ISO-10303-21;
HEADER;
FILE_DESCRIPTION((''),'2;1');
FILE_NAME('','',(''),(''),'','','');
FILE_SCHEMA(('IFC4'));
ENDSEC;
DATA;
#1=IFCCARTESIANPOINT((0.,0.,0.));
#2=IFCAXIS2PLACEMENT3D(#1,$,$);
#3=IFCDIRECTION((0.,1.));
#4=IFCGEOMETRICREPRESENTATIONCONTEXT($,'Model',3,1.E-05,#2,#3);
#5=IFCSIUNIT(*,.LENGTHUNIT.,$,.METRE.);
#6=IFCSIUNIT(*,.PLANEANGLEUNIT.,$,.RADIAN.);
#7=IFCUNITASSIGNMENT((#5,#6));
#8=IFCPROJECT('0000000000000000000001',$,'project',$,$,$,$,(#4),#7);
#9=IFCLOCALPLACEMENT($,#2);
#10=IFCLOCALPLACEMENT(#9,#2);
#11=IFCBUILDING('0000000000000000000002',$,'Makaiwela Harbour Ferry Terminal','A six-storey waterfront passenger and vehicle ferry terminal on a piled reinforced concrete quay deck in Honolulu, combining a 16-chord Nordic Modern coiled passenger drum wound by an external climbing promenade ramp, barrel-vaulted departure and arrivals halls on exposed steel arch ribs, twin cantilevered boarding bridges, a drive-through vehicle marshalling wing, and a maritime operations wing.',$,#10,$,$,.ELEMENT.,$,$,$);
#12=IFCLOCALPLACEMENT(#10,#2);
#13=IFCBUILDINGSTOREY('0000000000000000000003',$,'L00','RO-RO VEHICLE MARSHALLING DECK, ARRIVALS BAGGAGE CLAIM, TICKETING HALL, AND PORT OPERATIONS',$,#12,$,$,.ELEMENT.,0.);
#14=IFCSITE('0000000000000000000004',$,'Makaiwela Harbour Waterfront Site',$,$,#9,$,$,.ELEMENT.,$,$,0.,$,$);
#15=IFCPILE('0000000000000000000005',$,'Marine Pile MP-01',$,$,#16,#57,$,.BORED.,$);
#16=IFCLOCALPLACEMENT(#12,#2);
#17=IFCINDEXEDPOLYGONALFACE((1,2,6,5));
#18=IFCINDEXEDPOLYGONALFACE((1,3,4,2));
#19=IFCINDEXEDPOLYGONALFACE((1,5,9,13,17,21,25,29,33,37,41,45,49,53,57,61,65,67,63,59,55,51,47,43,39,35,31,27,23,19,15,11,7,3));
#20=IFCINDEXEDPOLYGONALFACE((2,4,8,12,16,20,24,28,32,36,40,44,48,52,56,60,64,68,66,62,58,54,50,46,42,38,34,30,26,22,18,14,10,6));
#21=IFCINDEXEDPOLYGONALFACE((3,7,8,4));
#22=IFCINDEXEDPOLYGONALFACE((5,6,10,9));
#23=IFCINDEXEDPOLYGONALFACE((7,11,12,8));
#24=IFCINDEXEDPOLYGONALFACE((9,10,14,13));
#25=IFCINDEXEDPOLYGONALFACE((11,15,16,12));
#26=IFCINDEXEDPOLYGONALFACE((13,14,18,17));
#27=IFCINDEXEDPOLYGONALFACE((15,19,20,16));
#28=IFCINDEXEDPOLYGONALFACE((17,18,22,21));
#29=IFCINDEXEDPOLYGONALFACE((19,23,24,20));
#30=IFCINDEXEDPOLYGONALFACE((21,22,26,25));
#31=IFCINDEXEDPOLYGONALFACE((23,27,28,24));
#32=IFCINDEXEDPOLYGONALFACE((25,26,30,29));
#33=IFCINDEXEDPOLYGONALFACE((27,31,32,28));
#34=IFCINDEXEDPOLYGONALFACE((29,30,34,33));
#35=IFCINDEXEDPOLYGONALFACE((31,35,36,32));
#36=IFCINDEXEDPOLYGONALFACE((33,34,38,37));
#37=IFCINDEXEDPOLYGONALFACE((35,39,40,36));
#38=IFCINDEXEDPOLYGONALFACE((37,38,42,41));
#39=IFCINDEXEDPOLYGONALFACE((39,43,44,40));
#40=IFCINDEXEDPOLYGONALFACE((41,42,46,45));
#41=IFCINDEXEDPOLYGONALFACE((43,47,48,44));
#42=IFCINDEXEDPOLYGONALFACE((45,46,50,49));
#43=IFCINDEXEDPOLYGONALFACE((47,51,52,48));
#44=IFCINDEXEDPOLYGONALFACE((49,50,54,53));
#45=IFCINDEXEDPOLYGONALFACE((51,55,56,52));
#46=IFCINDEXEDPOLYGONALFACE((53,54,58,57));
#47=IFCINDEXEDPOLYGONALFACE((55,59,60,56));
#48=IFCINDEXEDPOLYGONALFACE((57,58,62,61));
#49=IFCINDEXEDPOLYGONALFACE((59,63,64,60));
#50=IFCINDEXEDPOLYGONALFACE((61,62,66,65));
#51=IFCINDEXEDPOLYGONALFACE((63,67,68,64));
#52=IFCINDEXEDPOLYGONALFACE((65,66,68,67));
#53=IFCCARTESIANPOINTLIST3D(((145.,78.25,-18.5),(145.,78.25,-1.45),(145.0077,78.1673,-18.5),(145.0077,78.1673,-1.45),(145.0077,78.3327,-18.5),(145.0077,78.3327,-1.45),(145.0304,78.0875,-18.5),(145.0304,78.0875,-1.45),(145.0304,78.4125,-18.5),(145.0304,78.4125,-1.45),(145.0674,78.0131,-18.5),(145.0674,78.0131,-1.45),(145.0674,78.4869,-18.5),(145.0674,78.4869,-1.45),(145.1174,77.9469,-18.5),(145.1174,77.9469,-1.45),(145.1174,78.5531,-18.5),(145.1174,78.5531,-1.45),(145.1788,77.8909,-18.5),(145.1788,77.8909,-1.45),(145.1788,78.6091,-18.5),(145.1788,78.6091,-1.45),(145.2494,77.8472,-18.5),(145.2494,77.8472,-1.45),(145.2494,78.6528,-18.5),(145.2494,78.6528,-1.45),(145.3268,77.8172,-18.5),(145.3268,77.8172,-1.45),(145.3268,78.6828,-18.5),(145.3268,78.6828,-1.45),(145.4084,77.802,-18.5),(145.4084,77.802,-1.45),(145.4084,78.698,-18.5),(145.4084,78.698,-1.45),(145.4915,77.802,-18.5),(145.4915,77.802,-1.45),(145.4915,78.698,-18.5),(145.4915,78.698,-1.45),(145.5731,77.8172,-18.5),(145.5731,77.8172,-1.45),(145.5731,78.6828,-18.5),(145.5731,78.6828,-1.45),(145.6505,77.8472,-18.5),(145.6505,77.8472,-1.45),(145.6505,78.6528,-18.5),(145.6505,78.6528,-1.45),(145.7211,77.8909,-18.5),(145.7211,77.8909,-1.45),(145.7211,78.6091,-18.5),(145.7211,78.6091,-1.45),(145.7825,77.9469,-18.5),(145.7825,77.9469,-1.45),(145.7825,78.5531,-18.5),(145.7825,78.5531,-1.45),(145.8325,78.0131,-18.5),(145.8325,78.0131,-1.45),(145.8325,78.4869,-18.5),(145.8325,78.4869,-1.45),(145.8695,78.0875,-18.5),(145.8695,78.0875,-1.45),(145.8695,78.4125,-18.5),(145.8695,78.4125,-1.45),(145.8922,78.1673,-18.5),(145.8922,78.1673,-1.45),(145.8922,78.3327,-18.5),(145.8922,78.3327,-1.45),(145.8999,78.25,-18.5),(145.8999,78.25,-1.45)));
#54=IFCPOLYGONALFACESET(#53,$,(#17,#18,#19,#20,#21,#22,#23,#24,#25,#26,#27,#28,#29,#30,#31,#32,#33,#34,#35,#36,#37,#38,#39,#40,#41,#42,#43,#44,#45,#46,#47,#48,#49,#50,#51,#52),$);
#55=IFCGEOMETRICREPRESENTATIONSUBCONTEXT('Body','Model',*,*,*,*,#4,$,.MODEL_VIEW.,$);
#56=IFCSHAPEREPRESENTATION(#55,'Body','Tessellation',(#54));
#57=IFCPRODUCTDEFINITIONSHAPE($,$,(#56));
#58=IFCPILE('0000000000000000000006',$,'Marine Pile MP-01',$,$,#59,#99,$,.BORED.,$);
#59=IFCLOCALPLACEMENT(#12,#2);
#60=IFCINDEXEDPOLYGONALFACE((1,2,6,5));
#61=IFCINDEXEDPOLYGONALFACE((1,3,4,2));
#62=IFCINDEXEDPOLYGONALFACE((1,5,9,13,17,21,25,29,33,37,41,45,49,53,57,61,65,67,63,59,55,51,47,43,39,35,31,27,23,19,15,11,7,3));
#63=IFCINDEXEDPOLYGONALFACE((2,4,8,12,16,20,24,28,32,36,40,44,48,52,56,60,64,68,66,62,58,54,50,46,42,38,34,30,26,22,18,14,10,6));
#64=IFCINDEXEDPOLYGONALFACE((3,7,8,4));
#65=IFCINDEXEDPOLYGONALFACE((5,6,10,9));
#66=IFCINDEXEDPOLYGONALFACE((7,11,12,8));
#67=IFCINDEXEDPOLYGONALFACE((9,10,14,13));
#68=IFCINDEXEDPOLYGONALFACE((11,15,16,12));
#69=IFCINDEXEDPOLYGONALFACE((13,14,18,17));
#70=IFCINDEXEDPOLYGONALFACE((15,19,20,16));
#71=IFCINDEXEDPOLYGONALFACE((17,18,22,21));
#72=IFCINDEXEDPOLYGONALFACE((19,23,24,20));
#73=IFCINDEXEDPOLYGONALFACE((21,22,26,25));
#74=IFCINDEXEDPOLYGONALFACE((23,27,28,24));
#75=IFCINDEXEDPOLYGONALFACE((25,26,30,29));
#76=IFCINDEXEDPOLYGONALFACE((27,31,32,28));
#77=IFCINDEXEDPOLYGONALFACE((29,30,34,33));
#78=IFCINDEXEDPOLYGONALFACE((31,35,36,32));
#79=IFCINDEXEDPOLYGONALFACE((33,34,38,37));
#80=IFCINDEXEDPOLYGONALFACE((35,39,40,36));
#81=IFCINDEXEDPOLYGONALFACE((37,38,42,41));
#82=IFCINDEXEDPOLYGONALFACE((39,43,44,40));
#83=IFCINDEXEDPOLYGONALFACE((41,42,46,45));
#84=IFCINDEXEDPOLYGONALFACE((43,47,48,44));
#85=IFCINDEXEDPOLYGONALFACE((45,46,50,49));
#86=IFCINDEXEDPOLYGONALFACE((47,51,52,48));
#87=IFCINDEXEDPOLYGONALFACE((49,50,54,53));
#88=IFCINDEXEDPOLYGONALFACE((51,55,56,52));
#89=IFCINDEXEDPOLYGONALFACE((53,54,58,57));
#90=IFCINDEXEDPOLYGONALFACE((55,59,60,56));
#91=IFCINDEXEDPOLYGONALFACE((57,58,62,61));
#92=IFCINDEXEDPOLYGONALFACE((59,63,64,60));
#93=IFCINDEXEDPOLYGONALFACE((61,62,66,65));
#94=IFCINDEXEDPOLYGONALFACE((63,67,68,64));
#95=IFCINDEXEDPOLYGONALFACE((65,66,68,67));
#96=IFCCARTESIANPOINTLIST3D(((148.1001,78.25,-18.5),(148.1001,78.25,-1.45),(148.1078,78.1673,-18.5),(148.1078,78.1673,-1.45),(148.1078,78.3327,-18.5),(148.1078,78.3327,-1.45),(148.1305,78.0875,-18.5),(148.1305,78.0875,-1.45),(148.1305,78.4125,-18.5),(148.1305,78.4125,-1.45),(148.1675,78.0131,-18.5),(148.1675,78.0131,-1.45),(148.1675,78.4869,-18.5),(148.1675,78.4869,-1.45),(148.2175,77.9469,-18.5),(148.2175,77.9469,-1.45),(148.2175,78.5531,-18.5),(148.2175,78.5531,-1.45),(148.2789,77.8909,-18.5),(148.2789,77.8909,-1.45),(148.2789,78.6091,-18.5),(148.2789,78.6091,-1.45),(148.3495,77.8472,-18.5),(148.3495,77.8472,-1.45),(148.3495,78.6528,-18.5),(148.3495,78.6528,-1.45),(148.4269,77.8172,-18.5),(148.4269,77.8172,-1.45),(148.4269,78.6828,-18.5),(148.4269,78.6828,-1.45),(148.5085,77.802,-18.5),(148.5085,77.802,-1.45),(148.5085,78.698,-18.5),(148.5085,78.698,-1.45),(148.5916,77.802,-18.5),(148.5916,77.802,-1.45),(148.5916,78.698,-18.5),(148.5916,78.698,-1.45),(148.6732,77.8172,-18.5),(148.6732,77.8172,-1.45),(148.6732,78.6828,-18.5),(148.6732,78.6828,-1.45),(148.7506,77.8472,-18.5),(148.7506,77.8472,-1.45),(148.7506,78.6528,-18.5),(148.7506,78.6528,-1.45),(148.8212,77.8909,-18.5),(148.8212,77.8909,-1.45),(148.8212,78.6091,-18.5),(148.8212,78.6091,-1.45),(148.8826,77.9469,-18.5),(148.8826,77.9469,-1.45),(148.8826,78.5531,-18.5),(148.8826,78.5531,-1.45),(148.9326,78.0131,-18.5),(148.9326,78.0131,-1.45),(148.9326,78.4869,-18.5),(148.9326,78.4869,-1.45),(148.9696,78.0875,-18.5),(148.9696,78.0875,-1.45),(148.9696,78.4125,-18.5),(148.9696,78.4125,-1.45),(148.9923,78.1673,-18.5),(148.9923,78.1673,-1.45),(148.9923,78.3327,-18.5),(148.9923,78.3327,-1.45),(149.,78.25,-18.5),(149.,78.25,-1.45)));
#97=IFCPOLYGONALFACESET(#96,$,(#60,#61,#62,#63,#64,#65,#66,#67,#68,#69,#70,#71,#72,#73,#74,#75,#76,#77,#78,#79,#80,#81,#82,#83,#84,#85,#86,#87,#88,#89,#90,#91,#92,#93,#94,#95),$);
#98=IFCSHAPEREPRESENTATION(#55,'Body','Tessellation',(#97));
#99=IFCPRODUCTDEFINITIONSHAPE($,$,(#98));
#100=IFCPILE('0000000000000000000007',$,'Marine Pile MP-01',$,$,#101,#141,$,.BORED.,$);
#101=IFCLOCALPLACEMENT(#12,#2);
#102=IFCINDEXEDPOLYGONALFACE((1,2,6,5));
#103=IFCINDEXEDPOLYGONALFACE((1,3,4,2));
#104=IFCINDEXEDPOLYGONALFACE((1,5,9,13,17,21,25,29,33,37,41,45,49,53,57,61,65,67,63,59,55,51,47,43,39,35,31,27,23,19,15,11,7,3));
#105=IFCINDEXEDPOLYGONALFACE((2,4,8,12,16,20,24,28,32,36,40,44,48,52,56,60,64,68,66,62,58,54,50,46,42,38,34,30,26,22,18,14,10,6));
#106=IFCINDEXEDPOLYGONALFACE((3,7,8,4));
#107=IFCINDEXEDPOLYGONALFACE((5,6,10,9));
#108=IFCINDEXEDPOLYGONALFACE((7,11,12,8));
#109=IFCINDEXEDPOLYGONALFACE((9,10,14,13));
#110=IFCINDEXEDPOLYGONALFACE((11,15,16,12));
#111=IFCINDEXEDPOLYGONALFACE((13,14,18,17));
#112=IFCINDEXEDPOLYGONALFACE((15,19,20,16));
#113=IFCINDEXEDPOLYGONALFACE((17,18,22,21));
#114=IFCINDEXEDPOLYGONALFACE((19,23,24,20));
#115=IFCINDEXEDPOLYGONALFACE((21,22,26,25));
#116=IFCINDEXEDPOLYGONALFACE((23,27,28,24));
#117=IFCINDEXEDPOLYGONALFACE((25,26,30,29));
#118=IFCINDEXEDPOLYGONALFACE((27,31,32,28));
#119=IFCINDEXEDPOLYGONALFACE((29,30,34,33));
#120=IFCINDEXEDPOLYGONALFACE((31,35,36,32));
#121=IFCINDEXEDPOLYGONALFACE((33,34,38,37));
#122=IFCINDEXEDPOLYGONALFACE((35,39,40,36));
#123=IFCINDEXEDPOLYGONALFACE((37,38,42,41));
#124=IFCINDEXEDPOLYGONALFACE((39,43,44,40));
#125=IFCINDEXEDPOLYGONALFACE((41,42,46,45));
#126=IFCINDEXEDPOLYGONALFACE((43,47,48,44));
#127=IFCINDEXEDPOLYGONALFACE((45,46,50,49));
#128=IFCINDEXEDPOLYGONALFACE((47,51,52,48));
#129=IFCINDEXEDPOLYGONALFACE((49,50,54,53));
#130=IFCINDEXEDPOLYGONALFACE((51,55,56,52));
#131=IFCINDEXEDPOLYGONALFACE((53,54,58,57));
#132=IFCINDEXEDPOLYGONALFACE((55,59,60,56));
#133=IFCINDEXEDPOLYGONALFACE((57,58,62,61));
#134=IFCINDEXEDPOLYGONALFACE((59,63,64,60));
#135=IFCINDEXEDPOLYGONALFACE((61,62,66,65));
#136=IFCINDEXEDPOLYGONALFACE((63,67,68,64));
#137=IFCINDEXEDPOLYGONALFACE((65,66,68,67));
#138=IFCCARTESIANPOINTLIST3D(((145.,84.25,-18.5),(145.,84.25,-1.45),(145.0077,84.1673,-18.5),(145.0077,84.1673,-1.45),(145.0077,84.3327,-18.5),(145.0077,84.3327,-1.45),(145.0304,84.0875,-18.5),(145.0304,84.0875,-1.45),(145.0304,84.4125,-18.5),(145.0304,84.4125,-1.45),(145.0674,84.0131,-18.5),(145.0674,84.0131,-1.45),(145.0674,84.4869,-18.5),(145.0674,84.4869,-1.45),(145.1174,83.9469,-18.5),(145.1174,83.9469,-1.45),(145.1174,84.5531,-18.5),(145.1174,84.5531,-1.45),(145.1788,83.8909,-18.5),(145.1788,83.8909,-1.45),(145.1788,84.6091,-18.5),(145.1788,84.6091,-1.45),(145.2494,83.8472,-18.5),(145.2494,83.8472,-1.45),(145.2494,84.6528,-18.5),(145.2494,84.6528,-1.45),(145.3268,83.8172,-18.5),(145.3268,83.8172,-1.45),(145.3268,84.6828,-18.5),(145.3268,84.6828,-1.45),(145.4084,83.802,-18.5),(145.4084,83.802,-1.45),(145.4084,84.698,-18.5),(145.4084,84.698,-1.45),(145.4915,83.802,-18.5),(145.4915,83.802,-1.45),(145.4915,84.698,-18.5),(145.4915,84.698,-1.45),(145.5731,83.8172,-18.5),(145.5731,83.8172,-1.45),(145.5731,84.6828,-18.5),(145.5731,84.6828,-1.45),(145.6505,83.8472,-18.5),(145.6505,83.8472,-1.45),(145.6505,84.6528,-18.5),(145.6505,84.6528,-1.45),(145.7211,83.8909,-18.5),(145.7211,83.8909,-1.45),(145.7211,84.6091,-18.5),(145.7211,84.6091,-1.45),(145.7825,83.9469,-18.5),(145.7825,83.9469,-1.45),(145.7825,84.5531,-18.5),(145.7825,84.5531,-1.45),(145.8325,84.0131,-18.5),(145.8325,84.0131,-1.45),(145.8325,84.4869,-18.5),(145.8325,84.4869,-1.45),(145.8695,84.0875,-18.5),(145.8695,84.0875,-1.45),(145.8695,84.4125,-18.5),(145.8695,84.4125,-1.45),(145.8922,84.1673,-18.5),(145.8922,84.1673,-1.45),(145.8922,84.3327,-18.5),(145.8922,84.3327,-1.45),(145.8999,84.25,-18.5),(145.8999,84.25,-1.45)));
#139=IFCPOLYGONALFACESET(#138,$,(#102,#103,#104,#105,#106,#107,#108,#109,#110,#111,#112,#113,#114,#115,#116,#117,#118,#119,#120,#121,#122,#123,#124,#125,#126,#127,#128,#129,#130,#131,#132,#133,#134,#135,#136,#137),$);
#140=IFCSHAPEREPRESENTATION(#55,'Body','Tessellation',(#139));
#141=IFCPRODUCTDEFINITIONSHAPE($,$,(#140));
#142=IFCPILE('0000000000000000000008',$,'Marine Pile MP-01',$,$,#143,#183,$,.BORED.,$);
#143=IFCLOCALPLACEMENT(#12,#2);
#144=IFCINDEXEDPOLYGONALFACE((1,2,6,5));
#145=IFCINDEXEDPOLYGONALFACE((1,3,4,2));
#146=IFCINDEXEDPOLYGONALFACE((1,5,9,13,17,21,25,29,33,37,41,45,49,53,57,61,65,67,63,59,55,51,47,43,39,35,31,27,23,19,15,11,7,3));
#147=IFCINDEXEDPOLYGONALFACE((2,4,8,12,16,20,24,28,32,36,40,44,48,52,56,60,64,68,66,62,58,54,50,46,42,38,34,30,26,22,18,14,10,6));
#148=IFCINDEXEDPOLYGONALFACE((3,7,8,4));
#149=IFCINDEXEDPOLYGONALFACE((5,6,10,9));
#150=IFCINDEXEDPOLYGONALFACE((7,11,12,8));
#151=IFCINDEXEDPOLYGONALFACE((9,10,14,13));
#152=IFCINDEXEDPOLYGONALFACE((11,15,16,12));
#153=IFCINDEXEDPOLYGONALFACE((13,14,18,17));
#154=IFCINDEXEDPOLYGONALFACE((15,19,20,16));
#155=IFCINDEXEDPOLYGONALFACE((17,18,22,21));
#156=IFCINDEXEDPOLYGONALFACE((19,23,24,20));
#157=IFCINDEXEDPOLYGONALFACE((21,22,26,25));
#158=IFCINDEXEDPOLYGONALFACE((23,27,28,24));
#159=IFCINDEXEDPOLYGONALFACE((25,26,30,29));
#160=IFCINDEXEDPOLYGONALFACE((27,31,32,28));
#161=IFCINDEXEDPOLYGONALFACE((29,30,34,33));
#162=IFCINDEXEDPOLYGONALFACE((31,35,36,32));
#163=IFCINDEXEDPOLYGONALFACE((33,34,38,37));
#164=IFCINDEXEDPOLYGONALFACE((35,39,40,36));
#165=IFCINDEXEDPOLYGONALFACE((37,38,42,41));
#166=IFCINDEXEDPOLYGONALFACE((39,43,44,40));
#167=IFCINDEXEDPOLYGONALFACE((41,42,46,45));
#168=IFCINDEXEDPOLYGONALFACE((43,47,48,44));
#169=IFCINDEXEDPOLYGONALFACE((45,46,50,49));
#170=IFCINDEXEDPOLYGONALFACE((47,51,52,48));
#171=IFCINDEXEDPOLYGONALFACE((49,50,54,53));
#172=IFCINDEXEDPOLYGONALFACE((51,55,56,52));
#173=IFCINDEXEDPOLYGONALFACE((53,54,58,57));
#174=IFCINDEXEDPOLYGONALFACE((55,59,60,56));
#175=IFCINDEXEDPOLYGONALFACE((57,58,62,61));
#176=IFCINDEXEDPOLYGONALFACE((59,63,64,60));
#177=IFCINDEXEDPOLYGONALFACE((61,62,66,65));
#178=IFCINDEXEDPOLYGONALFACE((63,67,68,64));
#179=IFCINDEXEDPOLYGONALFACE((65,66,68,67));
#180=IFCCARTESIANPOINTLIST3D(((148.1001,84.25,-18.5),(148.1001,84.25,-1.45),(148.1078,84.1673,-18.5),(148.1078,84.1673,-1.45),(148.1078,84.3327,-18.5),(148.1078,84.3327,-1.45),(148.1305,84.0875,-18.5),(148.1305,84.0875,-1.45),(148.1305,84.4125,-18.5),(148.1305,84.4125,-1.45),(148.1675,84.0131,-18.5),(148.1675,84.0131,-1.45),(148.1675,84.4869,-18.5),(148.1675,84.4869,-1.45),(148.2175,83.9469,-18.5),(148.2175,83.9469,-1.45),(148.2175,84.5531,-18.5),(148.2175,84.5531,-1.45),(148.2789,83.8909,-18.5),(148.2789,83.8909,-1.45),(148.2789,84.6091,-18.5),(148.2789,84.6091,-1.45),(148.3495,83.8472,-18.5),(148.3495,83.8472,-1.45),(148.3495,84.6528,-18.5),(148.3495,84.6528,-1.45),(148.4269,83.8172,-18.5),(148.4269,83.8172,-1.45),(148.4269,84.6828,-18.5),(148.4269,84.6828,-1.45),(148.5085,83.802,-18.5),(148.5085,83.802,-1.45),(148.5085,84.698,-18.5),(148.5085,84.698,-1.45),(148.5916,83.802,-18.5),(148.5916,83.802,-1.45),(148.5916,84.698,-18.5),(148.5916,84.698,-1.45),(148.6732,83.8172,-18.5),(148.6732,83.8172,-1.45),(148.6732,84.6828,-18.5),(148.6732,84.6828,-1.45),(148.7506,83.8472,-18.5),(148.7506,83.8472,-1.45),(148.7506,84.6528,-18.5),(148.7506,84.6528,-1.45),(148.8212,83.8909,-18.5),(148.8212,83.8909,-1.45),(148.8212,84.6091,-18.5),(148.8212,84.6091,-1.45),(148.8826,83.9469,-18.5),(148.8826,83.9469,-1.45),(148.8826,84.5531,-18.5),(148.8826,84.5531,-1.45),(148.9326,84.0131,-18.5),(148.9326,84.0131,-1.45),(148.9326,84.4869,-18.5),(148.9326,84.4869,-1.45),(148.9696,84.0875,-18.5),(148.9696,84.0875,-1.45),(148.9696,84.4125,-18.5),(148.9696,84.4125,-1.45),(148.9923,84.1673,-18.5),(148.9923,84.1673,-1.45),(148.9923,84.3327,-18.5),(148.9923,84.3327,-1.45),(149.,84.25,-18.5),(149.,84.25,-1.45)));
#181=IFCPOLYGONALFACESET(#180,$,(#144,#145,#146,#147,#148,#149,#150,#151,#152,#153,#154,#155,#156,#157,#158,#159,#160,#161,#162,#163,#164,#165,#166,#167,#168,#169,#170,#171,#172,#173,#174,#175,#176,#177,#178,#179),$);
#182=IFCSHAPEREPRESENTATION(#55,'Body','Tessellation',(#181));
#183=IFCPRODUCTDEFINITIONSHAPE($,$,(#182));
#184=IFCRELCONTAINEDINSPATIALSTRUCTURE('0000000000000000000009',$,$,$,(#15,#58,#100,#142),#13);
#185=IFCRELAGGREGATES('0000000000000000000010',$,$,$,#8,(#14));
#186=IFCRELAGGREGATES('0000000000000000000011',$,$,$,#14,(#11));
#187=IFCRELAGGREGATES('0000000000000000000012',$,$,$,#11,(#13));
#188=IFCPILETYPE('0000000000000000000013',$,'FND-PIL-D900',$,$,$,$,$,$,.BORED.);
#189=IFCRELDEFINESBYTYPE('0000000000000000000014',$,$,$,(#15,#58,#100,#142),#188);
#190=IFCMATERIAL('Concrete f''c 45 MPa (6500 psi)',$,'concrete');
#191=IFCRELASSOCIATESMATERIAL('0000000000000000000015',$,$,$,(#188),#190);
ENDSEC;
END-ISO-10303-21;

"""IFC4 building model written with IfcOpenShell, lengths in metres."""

from ifc_helpers import new_model, si_unit, direction, frame, origin, origin_2d, place, context, subcontext, project, spatial, circle, extrude, material, material_profile, profile_set, type_object, element, save


model = new_model("IFC4")

# Units and contexts
model_context = context("Model", 3, precision=1e-05, world=origin(), true_north=direction((0.0, 1.0)))
body_context = subcontext(model_context, "Body", "Model", "MODEL_VIEW")
ifc_project = project(units=[si_unit("LENGTHUNIT", "METRE"), si_unit("PLANEANGLEUNIT", "RADIAN")], contexts=[model_context])

# Site, building, storey
site_placement = place(None, origin())
site = spatial("IfcSite", under=ifc_project, at=site_placement, Name="Makaiwela Harbour Waterfront Site", CompositionType="ELEMENT", RefElevation=0.0)
building_placement = place(site_placement, origin())
building = spatial("IfcBuilding", under=site, at=building_placement, Name="Makaiwela Harbour Ferry Terminal", Description="A six-storey waterfront passenger and vehicle ferry terminal on a piled reinforced concrete quay deck in Honolulu, combining a 16-chord Nordic Modern coiled passenger drum wound by an external climbing promenade ramp, barrel-vaulted departure and arrivals halls on exposed steel arch ribs, twin cantilevered boarding bridges, a drive-through vehicle marshalling wing, and a maritime operations wing.", CompositionType="ELEMENT")
storey_placement = place(building_placement, origin())
storey = spatial("IfcBuildingStorey", under=building, at=storey_placement, Name="L00", Description="RO-RO VEHICLE MARSHALLING DECK, ARRIVALS BAGGAGE CLAIM, TICKETING HALL, AND PORT OPERATIONS", CompositionType="ELEMENT", Elevation=0.0)

# Shared definitions
ifc_material_1 = material(Name="Concrete f'c 45 MPa (6500 psi)", Category="concrete")

# Piles
ifc_material_profile_1 = material_profile(ifc_material_1, circle(Radius=0.45, at=origin_2d()), Name="PILE-D900")
ifc_profile_set_1 = profile_set([ifc_material_profile_1], Name="Concrete f'c 45 MPa (6500 psi)")
pile_type = type_object("IfcPileType", Name="FND-PIL-D900", PredefinedType="BORED", material=ifc_profile_set_1)
for number, where, z_axis, x_axis, name in (
    (1, (145.45, 78.25, -1.45), (0.0, 0.0, -1.0), (1.0, 0.0, 0.0), "Marine Pile MP-01"),
    (2, (148.55, 78.25, -1.45), (0.0, 0.0, -1.0), (1.0, 0.0, 0.0), "Marine Pile MP-01"),
    (3, (145.45, 84.25, -1.45), (0.0, 0.0, -1.0), (1.0, 0.0, 0.0), "Marine Pile MP-01"),
    (4, (148.55, 84.25, -1.45), (0.0, 0.0, -1.0), (1.0, 0.0, 0.0), "Marine Pile MP-01"),
):
    element("IfcPile", number, at=place(storey_placement, frame(where, z_axis=z_axis, x_axis=x_axis)), inside=storey, type_object=pile_type, Name=name, PredefinedType="BORED", context=body_context, shape_type="SweptSolid", body=[
        extrude(circle(Radius=0.45, at=origin_2d()), origin(), (0.0, 0.0, 1.0), 17.05),
    ])

save(model, "model.ifc")
